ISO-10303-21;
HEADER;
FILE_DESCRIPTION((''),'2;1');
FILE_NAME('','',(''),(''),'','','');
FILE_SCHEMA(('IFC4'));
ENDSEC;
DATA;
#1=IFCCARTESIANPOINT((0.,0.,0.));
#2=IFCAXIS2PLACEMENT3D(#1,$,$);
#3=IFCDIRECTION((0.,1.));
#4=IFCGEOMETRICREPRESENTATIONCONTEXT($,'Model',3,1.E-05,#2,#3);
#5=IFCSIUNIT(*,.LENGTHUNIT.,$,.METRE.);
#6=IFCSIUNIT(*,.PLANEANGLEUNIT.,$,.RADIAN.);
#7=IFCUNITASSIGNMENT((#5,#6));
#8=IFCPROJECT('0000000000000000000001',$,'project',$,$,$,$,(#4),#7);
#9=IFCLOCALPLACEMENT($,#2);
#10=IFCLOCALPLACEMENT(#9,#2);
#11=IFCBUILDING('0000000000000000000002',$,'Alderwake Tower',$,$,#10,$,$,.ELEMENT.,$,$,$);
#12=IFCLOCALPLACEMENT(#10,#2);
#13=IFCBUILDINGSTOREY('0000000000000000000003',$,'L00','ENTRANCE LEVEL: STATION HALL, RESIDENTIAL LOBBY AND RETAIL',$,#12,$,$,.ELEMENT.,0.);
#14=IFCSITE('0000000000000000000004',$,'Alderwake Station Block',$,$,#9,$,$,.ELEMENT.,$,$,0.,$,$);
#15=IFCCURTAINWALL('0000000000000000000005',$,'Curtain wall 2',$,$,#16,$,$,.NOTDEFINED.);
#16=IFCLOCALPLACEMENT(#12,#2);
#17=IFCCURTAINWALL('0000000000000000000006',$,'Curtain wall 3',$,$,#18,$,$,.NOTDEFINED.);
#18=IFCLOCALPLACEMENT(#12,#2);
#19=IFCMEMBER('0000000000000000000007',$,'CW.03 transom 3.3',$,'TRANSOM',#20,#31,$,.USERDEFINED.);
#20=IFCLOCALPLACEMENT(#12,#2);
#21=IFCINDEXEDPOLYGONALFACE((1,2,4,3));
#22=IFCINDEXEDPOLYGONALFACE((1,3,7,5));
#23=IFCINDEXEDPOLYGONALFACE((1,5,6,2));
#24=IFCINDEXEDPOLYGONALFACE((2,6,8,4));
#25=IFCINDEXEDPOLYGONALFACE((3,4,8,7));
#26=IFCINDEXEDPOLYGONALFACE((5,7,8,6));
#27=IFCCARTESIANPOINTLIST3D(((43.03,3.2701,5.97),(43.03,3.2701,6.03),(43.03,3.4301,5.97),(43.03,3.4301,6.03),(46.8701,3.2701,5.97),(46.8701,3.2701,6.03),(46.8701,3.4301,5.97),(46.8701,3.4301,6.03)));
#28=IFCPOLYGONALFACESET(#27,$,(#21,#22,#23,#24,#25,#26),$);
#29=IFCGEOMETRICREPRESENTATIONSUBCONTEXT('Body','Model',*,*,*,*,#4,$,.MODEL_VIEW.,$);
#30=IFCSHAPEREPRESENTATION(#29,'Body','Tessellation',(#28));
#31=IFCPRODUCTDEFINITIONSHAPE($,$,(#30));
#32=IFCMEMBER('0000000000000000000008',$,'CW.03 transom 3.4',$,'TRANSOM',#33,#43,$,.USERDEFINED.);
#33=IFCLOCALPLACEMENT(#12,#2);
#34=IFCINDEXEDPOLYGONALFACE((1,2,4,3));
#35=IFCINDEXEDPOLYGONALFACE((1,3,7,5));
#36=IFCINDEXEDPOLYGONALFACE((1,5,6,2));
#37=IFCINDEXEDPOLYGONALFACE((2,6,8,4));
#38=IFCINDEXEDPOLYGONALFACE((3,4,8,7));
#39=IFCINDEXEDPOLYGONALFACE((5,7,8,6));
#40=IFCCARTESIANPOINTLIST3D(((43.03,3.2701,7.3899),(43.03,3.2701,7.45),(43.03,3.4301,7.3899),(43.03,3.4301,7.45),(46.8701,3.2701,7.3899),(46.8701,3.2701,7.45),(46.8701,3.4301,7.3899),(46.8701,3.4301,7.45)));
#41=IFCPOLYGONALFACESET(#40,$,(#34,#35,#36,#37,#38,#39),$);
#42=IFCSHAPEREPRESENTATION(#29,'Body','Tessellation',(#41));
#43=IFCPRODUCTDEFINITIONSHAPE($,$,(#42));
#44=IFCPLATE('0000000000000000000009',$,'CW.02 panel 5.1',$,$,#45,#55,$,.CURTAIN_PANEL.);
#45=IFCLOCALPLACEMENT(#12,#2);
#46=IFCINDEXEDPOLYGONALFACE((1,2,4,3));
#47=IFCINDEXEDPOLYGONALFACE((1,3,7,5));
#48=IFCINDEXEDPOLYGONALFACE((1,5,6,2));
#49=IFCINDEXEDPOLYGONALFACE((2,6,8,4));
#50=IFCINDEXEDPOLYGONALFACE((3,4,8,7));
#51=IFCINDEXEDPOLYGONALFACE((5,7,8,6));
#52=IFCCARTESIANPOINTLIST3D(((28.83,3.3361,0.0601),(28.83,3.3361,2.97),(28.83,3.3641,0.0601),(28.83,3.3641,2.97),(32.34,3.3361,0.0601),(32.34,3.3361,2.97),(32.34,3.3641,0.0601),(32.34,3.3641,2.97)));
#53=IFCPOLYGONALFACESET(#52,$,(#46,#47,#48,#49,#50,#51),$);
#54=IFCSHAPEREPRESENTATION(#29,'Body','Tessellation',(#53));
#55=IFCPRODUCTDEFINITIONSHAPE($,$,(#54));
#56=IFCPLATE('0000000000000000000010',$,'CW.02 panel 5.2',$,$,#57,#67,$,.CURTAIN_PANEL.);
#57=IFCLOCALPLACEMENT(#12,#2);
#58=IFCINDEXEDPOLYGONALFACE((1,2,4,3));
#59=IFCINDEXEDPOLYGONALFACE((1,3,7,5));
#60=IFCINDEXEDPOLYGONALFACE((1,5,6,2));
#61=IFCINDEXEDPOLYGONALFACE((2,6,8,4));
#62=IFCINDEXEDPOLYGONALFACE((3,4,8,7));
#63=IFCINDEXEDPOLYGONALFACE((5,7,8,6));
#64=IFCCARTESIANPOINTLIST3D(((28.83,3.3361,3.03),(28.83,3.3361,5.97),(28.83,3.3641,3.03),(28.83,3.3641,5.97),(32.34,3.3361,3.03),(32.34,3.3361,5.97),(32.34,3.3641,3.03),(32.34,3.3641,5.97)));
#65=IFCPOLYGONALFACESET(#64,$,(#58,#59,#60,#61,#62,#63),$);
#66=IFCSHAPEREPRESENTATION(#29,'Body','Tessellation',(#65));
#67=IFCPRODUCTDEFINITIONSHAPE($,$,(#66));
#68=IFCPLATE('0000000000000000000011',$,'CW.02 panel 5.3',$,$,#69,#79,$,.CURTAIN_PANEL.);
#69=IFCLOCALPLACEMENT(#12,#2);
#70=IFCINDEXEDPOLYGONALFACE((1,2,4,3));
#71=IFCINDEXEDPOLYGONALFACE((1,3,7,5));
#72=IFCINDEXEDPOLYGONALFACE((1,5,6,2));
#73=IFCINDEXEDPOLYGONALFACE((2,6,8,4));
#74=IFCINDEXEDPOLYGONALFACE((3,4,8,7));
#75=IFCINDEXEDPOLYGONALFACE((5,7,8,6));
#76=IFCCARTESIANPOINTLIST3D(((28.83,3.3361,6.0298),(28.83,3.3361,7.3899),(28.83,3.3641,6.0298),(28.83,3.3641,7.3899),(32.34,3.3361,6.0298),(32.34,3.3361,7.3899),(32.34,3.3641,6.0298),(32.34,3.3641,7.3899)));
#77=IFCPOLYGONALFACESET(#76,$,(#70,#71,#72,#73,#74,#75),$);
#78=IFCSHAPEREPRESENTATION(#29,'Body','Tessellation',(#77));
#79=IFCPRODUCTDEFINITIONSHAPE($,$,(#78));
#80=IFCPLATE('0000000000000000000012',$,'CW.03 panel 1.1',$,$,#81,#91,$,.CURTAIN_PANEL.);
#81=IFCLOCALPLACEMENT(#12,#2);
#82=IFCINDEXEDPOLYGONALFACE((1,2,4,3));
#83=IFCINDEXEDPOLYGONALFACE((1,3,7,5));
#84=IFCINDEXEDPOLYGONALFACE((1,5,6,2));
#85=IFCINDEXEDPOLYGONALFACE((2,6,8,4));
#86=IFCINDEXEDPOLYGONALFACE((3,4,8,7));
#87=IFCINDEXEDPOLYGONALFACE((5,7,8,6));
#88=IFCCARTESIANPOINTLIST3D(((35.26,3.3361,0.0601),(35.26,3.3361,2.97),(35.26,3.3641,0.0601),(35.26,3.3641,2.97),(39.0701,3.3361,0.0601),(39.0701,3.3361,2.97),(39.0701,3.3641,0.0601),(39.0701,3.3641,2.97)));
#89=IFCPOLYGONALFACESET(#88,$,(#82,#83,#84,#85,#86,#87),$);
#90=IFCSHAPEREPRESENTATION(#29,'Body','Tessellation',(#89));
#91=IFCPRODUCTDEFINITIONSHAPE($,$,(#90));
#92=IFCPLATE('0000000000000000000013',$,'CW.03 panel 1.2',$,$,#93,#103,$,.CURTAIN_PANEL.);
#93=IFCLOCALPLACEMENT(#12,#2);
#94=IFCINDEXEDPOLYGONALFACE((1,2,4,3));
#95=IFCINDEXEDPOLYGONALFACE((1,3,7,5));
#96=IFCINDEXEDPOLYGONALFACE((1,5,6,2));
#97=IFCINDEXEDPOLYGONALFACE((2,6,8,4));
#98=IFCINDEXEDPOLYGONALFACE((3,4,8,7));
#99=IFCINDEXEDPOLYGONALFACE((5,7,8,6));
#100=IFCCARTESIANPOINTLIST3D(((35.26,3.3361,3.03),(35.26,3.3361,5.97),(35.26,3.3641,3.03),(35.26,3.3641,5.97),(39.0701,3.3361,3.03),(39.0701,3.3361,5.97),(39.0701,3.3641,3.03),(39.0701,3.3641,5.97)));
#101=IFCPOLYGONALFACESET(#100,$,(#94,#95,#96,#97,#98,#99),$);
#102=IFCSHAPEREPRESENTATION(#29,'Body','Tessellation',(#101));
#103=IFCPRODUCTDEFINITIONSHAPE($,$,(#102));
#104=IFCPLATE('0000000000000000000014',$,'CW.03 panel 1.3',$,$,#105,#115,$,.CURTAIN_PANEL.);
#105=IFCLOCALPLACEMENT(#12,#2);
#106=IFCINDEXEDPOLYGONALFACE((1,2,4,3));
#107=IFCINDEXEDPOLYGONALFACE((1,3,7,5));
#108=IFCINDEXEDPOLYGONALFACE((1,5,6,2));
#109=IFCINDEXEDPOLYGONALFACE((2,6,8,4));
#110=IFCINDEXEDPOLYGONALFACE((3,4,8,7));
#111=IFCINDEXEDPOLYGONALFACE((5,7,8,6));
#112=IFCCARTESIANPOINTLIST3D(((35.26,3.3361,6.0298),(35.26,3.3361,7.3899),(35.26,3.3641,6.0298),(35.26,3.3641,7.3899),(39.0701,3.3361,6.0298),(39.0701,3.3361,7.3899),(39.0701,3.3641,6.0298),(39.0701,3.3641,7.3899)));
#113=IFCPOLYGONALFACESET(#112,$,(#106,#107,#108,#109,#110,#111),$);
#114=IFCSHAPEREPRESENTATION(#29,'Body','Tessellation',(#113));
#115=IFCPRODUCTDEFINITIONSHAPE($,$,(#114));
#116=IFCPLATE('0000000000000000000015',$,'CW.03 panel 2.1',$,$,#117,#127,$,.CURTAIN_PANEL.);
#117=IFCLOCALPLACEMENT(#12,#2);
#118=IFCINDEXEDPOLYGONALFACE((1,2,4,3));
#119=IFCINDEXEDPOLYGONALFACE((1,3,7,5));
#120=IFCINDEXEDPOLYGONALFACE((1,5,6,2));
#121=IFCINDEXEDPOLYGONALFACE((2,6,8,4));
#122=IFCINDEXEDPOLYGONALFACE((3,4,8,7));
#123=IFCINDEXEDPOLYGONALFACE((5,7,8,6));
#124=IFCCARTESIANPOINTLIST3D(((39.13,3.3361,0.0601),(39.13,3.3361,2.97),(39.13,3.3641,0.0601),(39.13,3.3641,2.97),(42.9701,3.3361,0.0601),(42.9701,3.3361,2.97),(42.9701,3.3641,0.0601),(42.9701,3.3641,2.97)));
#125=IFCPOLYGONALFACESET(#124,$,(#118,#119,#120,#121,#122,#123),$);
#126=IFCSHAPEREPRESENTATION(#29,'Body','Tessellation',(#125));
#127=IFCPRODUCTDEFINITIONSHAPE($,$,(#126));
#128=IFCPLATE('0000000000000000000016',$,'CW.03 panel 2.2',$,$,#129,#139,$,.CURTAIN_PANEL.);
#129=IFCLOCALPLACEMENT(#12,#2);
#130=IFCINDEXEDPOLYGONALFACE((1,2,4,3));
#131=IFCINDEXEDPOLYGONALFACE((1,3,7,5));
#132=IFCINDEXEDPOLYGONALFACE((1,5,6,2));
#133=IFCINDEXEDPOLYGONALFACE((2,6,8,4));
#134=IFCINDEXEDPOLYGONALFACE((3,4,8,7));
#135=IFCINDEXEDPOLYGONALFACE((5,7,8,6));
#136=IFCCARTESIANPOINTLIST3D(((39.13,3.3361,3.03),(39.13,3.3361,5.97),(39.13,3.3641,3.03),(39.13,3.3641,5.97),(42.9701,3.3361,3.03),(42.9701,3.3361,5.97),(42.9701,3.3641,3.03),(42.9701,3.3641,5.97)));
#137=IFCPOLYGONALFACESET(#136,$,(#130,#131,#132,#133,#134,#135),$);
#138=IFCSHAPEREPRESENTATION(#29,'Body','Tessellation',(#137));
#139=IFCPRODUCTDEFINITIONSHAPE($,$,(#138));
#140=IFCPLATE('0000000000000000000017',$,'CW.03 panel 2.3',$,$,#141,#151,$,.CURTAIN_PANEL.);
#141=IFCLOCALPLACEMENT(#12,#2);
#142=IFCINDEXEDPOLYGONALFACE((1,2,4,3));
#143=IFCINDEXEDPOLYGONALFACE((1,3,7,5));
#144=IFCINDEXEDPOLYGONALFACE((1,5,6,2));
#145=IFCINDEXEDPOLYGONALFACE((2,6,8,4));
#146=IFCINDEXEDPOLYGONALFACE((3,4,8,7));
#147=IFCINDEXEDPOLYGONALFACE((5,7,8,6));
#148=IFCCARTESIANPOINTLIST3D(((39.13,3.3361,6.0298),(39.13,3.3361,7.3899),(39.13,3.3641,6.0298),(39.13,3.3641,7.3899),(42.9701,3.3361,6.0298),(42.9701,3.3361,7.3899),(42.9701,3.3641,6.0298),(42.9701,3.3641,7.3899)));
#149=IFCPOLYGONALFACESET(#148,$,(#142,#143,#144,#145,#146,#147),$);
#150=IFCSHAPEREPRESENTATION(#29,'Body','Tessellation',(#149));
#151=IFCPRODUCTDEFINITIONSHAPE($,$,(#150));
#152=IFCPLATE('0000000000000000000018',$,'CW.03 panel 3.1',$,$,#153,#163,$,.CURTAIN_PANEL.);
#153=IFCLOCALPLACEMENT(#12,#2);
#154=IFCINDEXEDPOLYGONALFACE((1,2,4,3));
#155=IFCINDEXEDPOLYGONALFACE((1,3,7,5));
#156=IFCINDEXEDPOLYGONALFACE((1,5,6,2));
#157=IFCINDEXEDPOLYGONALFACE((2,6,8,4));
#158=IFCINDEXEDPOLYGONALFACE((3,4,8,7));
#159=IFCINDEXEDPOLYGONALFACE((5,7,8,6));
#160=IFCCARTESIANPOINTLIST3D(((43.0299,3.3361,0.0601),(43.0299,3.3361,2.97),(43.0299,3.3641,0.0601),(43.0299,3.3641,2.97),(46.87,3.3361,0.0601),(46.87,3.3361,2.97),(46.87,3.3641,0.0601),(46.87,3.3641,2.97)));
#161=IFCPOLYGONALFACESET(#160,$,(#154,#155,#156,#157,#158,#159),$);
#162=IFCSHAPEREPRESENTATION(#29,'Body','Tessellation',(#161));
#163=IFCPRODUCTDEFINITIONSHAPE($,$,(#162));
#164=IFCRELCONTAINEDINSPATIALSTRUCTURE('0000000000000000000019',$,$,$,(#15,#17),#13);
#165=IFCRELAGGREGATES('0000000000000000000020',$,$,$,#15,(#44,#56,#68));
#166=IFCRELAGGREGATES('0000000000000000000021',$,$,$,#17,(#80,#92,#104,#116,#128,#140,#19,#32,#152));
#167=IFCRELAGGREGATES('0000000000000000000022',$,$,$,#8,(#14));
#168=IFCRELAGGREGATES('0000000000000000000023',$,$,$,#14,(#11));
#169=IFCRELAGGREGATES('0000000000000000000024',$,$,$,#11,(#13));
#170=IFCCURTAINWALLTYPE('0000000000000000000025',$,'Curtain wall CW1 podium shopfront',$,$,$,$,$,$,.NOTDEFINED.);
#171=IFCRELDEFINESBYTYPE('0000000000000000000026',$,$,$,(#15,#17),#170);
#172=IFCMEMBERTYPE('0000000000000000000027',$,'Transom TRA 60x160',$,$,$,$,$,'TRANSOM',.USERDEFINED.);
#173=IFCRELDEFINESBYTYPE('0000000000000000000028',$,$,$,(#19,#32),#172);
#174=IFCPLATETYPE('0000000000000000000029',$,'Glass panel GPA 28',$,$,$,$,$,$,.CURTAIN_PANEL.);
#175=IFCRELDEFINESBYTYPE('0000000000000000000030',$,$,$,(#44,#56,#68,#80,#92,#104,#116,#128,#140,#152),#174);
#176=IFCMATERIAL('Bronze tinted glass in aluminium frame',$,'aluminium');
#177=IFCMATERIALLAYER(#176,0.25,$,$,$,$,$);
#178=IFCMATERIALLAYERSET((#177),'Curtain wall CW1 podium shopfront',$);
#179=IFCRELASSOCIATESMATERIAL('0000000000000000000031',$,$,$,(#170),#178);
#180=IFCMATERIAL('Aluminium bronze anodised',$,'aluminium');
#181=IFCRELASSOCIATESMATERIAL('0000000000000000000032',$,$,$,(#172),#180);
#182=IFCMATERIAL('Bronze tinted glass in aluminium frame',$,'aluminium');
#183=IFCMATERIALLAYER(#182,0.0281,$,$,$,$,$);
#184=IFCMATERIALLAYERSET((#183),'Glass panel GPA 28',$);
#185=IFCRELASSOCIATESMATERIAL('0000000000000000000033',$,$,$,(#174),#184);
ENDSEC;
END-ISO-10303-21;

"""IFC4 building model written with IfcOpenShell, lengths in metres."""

from ifc_helpers import new_model, si_unit, direction, frame, origin, origin_2d, place, context, subcontext, project, spatial, rectangle, extrude, material, layer, layer_set, material_profile, profile_set, type_object, element, aggregate, save


model = new_model("IFC4")

# Units and contexts
model_context = context("Model", 3, precision=1e-05, world=origin(), true_north=direction((0.0, 1.0)))
body_context = subcontext(model_context, "Body", "Model", "MODEL_VIEW")
ifc_project = project(units=[si_unit("LENGTHUNIT", "METRE"), si_unit("PLANEANGLEUNIT", "RADIAN")], contexts=[model_context])

# Site, building, storey
site_placement = place(None, origin())
site = spatial("IfcSite", under=ifc_project, at=site_placement, Name="Alderwake Station Block", CompositionType="ELEMENT", RefElevation=0.0)
building_placement = place(site_placement, origin())
building = spatial("IfcBuilding", under=site, at=building_placement, Name="Alderwake Tower", CompositionType="ELEMENT")
storey_placement = place(building_placement, origin())
storey = spatial("IfcBuildingStorey", under=building, at=storey_placement, Name="L00", Description="ENTRANCE LEVEL: STATION HALL, RESIDENTIAL LOBBY AND RETAIL", CompositionType="ELEMENT", Elevation=0.0)

# Curtain wall
ifc_material_1 = material(Name="Bronze tinted glass in aluminium frame", Category="aluminium")
ifc_layer_1 = layer(ifc_material_1, 0.25)
ifc_layer_set_1 = layer_set([ifc_layer_1], Name="Curtain wall CW1 podium shopfront")
curtain_wall_type = type_object("IfcCurtainWallType", Name="Curtain wall CW1 podium shopfront", PredefinedType="NOTDEFINED", material=ifc_layer_set_1)
curtain_wall_1_placement = place(storey_placement, origin())
curtain_wall_1 = element("IfcCurtainWall", 1, at=curtain_wall_1_placement, inside=storey, type_object=curtain_wall_type, Name="Curtain wall 2", PredefinedType="NOTDEFINED")

# Curtain wall
curtain_wall_2_placement = place(storey_placement, origin())
curtain_wall_2 = element("IfcCurtainWall", 2, at=curtain_wall_2_placement, inside=storey, type_object=curtain_wall_type, Name="Curtain wall 3", PredefinedType="NOTDEFINED")

# Members
ifc_material_2 = material(Name="Aluminium bronze anodised", Category="aluminium")
ifc_material_profile_1 = material_profile(ifc_material_2, rectangle(XDim=0.1599, YDim=0.0601, at=origin_2d()), Name="Transom TRA 60x160")
ifc_profile_set_1 = profile_set([ifc_material_profile_1], Name="Aluminium bronze anodised")
member_type_1 = type_object("IfcMemberType", Name="Transom TRA 60x160", ElementType="TRANSOM", PredefinedType="USERDEFINED", material=ifc_profile_set_1)
member_1_placement = place(storey_placement, frame((43.03, 3.3501, 6.0), z_axis=(1.0, 0.0, 0.0), x_axis=(0.0, 1.0, 0.0)))
member_1 = element("IfcMember", 3, at=member_1_placement, type_object=member_type_1, Name="CW.03 transom 3.3", ObjectType="TRANSOM", PredefinedType="USERDEFINED", context=body_context, shape_type="SweptSolid", body=[
    extrude(rectangle(XDim=0.1599, YDim=0.0601, at=origin_2d()), origin(), (0.0, 0.0, 1.0), 3.8401),
])
member_2_placement = place(storey_placement, frame((43.03, 3.3501, 7.4199), z_axis=(1.0, 0.0, 0.0), x_axis=(0.0, 1.0, 0.0)))
member_2 = element("IfcMember", 4, at=member_2_placement, type_object=member_type_1, Name="CW.03 transom 3.4", ObjectType="TRANSOM", PredefinedType="USERDEFINED", context=body_context, shape_type="SweptSolid", body=[
    extrude(rectangle(XDim=0.1599, YDim=0.0601, at=origin_2d()), origin(), (0.0, 0.0, 1.0), 3.8401),
])

# Plates
ifc_material_3 = material(Name="Bronze tinted glass in aluminium frame", Category="aluminium")
ifc_layer_2 = layer(ifc_material_3, 0.0281)
ifc_layer_set_2 = layer_set([ifc_layer_2], Name="Glass panel GPA 28")
plate_type = type_object("IfcPlateType", Name="Glass panel GPA 28", PredefinedType="CURTAIN_PANEL", material=ifc_layer_set_2)
plate_1_placement = place(storey_placement, frame((30.585, 3.3501, 0.0601), z_axis=(0.0, 0.0, 1.0), x_axis=(1.0, 0.0, 0.0)))
plate_1 = element("IfcPlate", 5, at=plate_1_placement, type_object=plate_type, Name="CW.02 panel 5.1", PredefinedType="CURTAIN_PANEL", context=body_context, shape_type="SweptSolid", body=[
    extrude(rectangle(XDim=3.51, YDim=0.0281, at=origin_2d()), origin(), (0.0, 0.0, 1.0), 2.9099),
])
plate_2_placement = place(storey_placement, frame((30.585, 3.3501, 3.03), z_axis=(0.0, 0.0, 1.0), x_axis=(1.0, 0.0, 0.0)))
plate_2 = element("IfcPlate", 6, at=plate_2_placement, type_object=plate_type, Name="CW.02 panel 5.2", PredefinedType="CURTAIN_PANEL", context=body_context, shape_type="SweptSolid", body=[
    extrude(rectangle(XDim=3.51, YDim=0.0281, at=origin_2d()), origin(), (0.0, 0.0, 1.0), 2.9399),
])
plate_3_placement = place(storey_placement, frame((30.585, 3.3501, 6.0298), z_axis=(0.0, 0.0, 1.0), x_axis=(1.0, 0.0, 0.0)))
plate_3 = element("IfcPlate", 7, at=plate_3_placement, type_object=plate_type, Name="CW.02 panel 5.3", PredefinedType="CURTAIN_PANEL", context=body_context, shape_type="SweptSolid", body=[
    extrude(rectangle(XDim=3.51, YDim=0.0281, at=origin_2d()), origin(), (0.0, 0.0, 1.0), 1.3601),
])
aggregate(curtain_wall_1, [plate_1, plate_2, plate_3])
plate_4_placement = place(storey_placement, frame((37.165, 3.3501, 0.0601), z_axis=(0.0, 0.0, 1.0), x_axis=(1.0, 0.0, 0.0)))
plate_4 = element("IfcPlate", 8, at=plate_4_placement, type_object=plate_type, Name="CW.03 panel 1.1", PredefinedType="CURTAIN_PANEL", context=body_context, shape_type="SweptSolid", body=[
    extrude(rectangle(XDim=3.8101, YDim=0.0281, at=origin_2d()), origin(), (0.0, 0.0, 1.0), 2.9099),
])
plate_5_placement = place(storey_placement, frame((37.165, 3.3501, 3.03), z_axis=(0.0, 0.0, 1.0), x_axis=(1.0, 0.0, 0.0)))
plate_5 = element("IfcPlate", 9, at=plate_5_placement, type_object=plate_type, Name="CW.03 panel 1.2", PredefinedType="CURTAIN_PANEL", context=body_context, shape_type="SweptSolid", body=[
    extrude(rectangle(XDim=3.8101, YDim=0.0281, at=origin_2d()), origin(), (0.0, 0.0, 1.0), 2.9399),
])
plate_6_placement = place(storey_placement, frame((37.165, 3.3501, 6.0298), z_axis=(0.0, 0.0, 1.0), x_axis=(1.0, 0.0, 0.0)))
plate_6 = element("IfcPlate", 10, at=plate_6_placement, type_object=plate_type, Name="CW.03 panel 1.3", PredefinedType="CURTAIN_PANEL", context=body_context, shape_type="SweptSolid", body=[
    extrude(rectangle(XDim=3.8101, YDim=0.0281, at=origin_2d()), origin(), (0.0, 0.0, 1.0), 1.3601),
])
plate_7_placement = place(storey_placement, frame((41.05, 3.3501, 0.0601), z_axis=(0.0, 0.0, 1.0), x_axis=(1.0, 0.0, 0.0)))
plate_7 = element("IfcPlate", 11, at=plate_7_placement, type_object=plate_type, Name="CW.03 panel 2.1", PredefinedType="CURTAIN_PANEL", context=body_context, shape_type="SweptSolid", body=[
    extrude(rectangle(XDim=3.8401, YDim=0.0281, at=origin_2d()), origin(), (0.0, 0.0, 1.0), 2.9099),
])
plate_8_placement = place(storey_placement, frame((41.05, 3.3501, 3.03), z_axis=(0.0, 0.0, 1.0), x_axis=(1.0, 0.0, 0.0)))
plate_8 = element("IfcPlate", 12, at=plate_8_placement, type_object=plate_type, Name="CW.03 panel 2.2", PredefinedType="CURTAIN_PANEL", context=body_context, shape_type="SweptSolid", body=[
    extrude(rectangle(XDim=3.8401, YDim=0.0281, at=origin_2d()), origin(), (0.0, 0.0, 1.0), 2.9399),
])
plate_9_placement = place(storey_placement, frame((41.05, 3.3501, 6.0298), z_axis=(0.0, 0.0, 1.0), x_axis=(1.0, 0.0, 0.0)))
plate_9 = element("IfcPlate", 13, at=plate_9_placement, type_object=plate_type, Name="CW.03 panel 2.3", PredefinedType="CURTAIN_PANEL", context=body_context, shape_type="SweptSolid", body=[
    extrude(rectangle(XDim=3.8401, YDim=0.0281, at=origin_2d()), origin(), (0.0, 0.0, 1.0), 1.3601),
])
plate_10_placement = place(storey_placement, frame((44.95, 3.3501, 0.0601), z_axis=(0.0, 0.0, 1.0), x_axis=(1.0, 0.0, 0.0)))
plate_10 = element("IfcPlate", 14, at=plate_10_placement, type_object=plate_type, Name="CW.03 panel 3.1", PredefinedType="CURTAIN_PANEL", context=body_context, shape_type="SweptSolid", body=[
    extrude(rectangle(XDim=3.8401, YDim=0.0281, at=origin_2d()), origin(), (0.0, 0.0, 1.0), 2.9099),
])
aggregate(curtain_wall_2, [plate_4, plate_5, plate_6, plate_7, plate_8, plate_9, member_1, member_2, plate_10])

save(model, "model.ifc")
